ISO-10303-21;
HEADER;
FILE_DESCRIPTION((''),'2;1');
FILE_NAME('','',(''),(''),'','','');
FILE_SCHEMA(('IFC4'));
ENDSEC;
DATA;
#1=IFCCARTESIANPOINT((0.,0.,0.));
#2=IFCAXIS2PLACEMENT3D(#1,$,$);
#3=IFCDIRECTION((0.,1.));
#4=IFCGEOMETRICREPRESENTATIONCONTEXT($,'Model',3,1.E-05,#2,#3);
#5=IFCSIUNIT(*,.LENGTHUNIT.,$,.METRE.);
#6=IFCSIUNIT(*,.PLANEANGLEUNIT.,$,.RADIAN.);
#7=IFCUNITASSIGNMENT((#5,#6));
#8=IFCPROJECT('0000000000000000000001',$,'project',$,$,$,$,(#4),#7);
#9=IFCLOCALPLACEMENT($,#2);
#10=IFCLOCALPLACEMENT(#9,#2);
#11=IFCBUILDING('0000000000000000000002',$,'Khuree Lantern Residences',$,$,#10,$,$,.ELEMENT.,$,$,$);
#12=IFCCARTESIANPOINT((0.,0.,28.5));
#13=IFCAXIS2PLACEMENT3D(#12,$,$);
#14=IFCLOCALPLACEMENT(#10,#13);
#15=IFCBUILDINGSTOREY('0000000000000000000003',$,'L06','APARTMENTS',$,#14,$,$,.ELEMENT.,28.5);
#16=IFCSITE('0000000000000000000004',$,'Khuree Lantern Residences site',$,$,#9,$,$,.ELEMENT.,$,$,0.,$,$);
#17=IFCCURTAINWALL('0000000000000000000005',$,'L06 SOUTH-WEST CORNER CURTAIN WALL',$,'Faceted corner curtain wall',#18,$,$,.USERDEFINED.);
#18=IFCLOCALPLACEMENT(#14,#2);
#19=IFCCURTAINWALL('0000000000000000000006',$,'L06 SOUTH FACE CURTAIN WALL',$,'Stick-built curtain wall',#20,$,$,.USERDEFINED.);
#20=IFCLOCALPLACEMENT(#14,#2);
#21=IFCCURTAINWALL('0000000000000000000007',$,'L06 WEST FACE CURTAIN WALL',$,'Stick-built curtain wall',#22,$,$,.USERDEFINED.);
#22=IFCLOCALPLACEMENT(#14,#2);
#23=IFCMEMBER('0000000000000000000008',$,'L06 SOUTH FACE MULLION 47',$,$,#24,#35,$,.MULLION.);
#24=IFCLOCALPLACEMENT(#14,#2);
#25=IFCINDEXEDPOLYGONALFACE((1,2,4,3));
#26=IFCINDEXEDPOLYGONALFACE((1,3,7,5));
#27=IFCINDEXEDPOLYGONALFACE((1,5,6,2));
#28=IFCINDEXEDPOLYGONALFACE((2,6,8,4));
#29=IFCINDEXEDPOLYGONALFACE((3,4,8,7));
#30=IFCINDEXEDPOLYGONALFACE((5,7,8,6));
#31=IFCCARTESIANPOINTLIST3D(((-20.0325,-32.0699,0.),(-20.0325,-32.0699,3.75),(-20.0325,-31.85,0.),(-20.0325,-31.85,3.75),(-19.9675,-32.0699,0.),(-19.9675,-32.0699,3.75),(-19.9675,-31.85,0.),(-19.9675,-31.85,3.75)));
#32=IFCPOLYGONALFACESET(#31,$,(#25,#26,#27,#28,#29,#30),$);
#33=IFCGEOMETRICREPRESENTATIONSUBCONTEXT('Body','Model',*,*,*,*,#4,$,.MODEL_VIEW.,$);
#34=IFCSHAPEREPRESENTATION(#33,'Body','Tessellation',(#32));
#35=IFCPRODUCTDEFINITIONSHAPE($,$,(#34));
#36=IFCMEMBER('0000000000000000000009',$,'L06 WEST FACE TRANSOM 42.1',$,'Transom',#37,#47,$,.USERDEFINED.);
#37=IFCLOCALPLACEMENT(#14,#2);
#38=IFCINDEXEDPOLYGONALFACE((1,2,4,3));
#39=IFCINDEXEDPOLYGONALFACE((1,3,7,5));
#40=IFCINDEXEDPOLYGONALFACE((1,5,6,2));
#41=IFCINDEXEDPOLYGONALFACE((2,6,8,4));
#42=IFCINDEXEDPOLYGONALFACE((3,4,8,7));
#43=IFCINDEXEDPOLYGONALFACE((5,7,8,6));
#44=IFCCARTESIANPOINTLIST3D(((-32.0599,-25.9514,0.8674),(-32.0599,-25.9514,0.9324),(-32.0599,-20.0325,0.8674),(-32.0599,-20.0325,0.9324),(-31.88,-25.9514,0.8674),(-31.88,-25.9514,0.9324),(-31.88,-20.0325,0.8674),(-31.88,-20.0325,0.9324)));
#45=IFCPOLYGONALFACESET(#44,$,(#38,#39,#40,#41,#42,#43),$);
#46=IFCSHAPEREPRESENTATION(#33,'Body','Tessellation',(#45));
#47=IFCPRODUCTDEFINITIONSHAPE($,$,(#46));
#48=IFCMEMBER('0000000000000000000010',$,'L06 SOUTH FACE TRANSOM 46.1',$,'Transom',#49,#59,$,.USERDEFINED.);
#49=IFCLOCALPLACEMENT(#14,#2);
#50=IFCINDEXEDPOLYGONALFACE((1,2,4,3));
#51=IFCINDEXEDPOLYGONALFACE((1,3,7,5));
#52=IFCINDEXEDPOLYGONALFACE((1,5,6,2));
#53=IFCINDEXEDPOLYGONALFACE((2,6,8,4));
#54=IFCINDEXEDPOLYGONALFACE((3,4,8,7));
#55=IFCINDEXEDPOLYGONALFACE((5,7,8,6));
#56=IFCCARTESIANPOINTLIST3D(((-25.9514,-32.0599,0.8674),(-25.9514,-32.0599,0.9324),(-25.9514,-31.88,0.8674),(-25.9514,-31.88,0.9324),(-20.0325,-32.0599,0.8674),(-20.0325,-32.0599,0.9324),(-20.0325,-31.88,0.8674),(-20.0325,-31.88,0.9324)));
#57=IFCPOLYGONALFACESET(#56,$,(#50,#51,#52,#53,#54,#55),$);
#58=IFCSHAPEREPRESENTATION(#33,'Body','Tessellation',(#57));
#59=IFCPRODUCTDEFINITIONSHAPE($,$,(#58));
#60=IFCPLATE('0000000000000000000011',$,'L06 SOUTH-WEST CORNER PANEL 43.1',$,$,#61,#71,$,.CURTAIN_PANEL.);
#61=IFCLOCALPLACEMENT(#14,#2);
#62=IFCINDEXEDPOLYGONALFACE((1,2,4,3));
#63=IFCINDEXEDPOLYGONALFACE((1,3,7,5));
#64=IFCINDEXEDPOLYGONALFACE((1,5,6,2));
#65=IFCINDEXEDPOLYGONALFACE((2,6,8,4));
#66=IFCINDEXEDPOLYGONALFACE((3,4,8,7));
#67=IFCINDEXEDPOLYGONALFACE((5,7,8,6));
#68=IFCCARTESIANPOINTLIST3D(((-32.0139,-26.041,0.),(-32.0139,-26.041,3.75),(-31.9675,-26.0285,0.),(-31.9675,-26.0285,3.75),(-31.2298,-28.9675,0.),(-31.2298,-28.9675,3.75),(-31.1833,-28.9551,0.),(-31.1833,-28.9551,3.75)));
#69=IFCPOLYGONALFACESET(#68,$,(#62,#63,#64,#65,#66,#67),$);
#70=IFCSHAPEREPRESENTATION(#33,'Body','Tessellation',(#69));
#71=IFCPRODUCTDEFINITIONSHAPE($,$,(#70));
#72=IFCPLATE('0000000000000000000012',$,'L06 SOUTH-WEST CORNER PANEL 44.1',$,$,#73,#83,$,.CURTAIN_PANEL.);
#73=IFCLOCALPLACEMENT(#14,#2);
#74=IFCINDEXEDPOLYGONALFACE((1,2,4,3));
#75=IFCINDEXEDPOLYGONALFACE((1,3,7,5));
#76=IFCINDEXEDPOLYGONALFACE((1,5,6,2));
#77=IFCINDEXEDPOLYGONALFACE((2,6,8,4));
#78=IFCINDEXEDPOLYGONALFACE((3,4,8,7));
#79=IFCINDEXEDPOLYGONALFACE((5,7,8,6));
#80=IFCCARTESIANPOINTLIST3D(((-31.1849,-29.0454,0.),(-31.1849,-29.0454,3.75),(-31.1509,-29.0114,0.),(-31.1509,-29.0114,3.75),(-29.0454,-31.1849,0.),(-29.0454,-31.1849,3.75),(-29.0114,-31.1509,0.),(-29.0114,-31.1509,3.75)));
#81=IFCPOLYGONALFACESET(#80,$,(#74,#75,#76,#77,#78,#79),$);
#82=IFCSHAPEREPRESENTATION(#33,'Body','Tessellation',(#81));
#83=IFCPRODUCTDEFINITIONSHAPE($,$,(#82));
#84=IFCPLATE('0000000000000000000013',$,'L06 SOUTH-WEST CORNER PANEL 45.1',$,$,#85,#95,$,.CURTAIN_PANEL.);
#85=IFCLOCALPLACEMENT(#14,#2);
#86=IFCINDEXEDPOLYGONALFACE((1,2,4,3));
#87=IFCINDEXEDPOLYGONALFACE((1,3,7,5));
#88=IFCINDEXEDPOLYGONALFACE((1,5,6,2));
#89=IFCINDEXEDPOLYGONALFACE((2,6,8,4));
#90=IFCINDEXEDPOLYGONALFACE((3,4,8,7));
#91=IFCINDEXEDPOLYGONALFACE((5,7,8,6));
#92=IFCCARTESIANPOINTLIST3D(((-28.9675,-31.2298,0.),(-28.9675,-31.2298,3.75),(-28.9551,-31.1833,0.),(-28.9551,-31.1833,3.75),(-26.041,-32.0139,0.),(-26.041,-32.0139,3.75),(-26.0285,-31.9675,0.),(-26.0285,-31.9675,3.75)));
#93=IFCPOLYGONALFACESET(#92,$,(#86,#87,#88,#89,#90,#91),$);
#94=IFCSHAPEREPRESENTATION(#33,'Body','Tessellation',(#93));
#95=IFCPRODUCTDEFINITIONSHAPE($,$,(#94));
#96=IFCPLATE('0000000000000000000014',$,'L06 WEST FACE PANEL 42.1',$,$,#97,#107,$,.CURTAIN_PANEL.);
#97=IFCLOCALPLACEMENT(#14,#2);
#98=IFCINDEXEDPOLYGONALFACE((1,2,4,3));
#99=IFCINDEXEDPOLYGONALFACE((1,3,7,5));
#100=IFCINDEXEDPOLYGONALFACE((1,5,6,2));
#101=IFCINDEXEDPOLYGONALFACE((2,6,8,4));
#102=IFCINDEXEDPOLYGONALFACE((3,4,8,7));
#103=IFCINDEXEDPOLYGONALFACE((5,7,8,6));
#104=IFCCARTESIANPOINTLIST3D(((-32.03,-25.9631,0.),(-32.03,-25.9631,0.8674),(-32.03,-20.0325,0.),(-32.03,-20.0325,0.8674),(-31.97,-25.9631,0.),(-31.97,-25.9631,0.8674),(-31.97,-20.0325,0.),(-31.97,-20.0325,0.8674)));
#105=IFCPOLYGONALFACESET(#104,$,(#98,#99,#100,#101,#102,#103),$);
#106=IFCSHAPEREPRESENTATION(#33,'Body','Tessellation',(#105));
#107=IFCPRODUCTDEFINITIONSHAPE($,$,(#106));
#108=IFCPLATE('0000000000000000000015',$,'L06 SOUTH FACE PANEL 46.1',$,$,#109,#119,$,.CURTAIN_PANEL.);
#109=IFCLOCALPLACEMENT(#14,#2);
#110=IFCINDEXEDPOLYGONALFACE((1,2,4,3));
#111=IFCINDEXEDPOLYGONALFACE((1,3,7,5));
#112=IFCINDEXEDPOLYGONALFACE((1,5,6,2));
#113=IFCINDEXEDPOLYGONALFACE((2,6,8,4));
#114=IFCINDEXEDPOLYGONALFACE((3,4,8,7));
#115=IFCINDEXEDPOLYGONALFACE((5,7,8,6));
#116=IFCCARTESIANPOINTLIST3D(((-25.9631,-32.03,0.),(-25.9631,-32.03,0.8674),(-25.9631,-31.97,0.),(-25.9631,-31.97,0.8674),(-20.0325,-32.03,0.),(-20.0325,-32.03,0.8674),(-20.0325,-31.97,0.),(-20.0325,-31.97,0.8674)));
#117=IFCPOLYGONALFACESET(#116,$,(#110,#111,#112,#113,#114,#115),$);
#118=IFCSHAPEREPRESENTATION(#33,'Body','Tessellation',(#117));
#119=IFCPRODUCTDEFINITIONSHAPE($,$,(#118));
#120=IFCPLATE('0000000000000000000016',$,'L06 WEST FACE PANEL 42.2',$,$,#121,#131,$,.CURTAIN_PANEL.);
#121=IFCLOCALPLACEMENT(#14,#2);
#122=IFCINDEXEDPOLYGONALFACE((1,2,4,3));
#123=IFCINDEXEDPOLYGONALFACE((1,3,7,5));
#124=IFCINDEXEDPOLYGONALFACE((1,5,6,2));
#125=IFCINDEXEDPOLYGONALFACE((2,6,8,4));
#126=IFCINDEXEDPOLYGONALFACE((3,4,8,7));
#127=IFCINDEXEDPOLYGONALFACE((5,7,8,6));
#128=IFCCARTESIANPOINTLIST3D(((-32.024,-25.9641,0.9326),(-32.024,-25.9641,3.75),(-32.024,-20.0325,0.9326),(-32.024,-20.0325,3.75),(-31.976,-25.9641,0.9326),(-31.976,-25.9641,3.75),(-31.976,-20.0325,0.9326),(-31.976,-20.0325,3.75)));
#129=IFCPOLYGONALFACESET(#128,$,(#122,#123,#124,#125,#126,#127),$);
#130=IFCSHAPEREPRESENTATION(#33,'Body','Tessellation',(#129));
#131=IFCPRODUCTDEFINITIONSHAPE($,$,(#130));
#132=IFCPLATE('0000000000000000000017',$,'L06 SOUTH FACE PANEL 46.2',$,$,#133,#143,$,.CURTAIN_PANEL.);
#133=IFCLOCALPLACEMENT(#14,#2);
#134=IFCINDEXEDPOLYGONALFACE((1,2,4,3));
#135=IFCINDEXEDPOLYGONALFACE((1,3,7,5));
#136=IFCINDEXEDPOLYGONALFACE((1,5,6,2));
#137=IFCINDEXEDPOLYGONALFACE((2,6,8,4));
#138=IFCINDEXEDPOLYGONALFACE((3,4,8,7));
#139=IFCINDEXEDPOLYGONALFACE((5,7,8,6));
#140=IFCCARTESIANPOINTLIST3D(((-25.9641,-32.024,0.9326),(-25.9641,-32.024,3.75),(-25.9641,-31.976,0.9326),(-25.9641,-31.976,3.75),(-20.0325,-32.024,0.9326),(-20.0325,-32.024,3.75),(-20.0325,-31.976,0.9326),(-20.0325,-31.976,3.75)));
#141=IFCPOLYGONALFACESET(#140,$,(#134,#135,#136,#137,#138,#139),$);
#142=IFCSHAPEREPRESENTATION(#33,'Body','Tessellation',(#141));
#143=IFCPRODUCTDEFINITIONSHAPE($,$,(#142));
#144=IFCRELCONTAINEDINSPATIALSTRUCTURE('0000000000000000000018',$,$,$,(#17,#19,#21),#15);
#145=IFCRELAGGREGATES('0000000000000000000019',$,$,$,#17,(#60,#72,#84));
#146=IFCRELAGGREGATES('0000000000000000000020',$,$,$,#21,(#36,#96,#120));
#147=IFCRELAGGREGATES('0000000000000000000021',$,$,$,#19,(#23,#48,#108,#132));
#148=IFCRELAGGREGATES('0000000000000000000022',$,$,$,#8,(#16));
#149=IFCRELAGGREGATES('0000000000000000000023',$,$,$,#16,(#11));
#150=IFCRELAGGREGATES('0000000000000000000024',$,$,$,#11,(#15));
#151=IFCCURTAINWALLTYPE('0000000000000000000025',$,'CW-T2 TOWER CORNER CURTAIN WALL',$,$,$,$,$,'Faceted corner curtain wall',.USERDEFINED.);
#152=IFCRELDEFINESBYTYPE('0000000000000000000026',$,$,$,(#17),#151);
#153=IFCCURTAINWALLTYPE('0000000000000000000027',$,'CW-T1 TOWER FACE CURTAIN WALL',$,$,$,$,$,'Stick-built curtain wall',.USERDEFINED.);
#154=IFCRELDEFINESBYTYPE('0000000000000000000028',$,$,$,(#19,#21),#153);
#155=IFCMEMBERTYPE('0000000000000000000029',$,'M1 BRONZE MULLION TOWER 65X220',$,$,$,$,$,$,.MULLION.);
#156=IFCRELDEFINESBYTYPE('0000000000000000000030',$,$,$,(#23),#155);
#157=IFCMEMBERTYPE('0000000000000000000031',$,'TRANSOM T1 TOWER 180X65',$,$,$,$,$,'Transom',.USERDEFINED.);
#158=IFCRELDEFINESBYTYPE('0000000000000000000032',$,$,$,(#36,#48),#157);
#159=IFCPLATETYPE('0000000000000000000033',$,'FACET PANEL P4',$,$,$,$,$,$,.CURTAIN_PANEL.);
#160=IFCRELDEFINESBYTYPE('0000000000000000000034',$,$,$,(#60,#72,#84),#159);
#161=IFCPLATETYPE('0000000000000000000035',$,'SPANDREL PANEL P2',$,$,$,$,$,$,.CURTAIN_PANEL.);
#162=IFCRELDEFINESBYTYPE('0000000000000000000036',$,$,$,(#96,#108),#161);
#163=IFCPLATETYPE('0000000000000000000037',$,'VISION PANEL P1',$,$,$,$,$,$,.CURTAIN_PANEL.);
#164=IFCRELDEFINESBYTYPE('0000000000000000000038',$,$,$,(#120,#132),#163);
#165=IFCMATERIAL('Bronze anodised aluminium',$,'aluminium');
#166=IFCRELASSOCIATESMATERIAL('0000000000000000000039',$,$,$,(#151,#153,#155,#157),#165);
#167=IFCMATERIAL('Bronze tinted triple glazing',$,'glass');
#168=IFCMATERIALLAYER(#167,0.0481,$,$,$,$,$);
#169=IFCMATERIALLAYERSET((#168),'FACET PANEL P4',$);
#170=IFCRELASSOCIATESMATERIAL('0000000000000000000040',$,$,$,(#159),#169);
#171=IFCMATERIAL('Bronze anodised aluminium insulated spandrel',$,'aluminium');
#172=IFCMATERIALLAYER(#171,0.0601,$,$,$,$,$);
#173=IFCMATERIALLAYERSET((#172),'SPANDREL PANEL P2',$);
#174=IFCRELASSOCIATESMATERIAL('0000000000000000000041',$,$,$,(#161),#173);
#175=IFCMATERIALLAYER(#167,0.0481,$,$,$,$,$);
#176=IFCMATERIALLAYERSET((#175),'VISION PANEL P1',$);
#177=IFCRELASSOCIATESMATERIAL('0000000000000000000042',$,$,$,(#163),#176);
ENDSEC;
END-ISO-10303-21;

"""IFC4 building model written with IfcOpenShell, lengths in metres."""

from ifc_helpers import new_model, si_unit, direction, frame, origin, origin_2d, place, context, subcontext, project, spatial, rectangle, extrude, material, layer, layer_set, material_profile, profile_set, type_object, element, aggregate, save


model = new_model("IFC4")

# Units and contexts
model_context = context("Model", 3, precision=1e-05, world=origin(), true_north=direction((0.0, 1.0)))
body_context = subcontext(model_context, "Body", "Model", "MODEL_VIEW")
ifc_project = project(units=[si_unit("LENGTHUNIT", "METRE"), si_unit("PLANEANGLEUNIT", "RADIAN")], contexts=[model_context])

# Site, building, storey
site_placement = place(None, origin())
site = spatial("IfcSite", under=ifc_project, at=site_placement, Name="Khuree Lantern Residences site", CompositionType="ELEMENT", RefElevation=0.0)
building_placement = place(site_placement, origin())
building = spatial("IfcBuilding", under=site, at=building_placement, Name="Khuree Lantern Residences", CompositionType="ELEMENT")
storey_placement = place(building_placement, frame((0.0, 0.0, 28.5)))
storey = spatial("IfcBuildingStorey", under=building, at=storey_placement, Name="L06", Description="APARTMENTS", CompositionType="ELEMENT", Elevation=28.5)

# Curtain walls
ifc_material_1 = material(Name="Bronze anodised aluminium", Category="aluminium")
curtain_wall_type_1 = type_object("IfcCurtainWallType", Name="CW-T2 TOWER CORNER CURTAIN WALL", ElementType="Faceted corner curtain wall", PredefinedType="USERDEFINED", material=ifc_material_1)
curtain_wall_1_placement = place(storey_placement, origin())
curtain_wall_1 = element("IfcCurtainWall", 1, at=curtain_wall_1_placement, inside=storey, type_object=curtain_wall_type_1, Name="L06 SOUTH-WEST CORNER CURTAIN WALL", ObjectType="Faceted corner curtain wall", PredefinedType="USERDEFINED")
curtain_wall_type_2 = type_object("IfcCurtainWallType", Name="CW-T1 TOWER FACE CURTAIN WALL", ElementType="Stick-built curtain wall", PredefinedType="USERDEFINED", material=ifc_material_1)
curtain_wall_2_placement = place(storey_placement, origin())
curtain_wall_2 = element("IfcCurtainWall", 2, at=curtain_wall_2_placement, inside=storey, type_object=curtain_wall_type_2, Name="L06 SOUTH FACE CURTAIN WALL", ObjectType="Stick-built curtain wall", PredefinedType="USERDEFINED")

# Curtain wall
curtain_wall_3_placement = place(storey_placement, origin())
curtain_wall_3 = element("IfcCurtainWall", 3, at=curtain_wall_3_placement, inside=storey, type_object=curtain_wall_type_2, Name="L06 WEST FACE CURTAIN WALL", ObjectType="Stick-built curtain wall", PredefinedType="USERDEFINED")
ifc_material_profile_1 = material_profile(ifc_material_1, rectangle(XDim=0.0649, YDim=0.22, at=origin_2d()), Name="M1 65X220")
ifc_profile_set_1 = profile_set([ifc_material_profile_1], Name="Bronze anodised aluminium")
member_type_1 = type_object("IfcMemberType", Name="M1 BRONZE MULLION TOWER 65X220", PredefinedType="MULLION", material=ifc_profile_set_1)

# Members
member_1_placement = place(storey_placement, frame((-20.0, -31.96, 0.0), z_axis=(0.0, 0.0, 1.0), x_axis=(1.0, 0.0, 0.0)))
member_1 = element("IfcMember", 4, at=member_1_placement, type_object=member_type_1, Name="L06 SOUTH FACE MULLION 47", PredefinedType="MULLION", context=body_context, shape_type="SweptSolid", body=[
    extrude(rectangle(XDim=0.0649, YDim=0.22, at=origin_2d()), origin(), (0.0, 0.0, 1.0), 3.75),
])
ifc_material_profile_2 = material_profile(ifc_material_1, rectangle(XDim=0.1799, YDim=0.0649, at=origin_2d()), Name="T1 180X65")
ifc_profile_set_2 = profile_set([ifc_material_profile_2], Name="Bronze anodised aluminium")
member_type_2 = type_object("IfcMemberType", Name="TRANSOM T1 TOWER 180X65", ElementType="Transom", PredefinedType="USERDEFINED", material=ifc_profile_set_2)
member_2_placement = place(storey_placement, frame((-31.97, -20.0325, 0.8999), z_axis=(0.0, -1.0, 0.0), x_axis=(1.0, 0.0, 0.0)))
member_2 = element("IfcMember", 5, at=member_2_placement, type_object=member_type_2, Name="L06 WEST FACE TRANSOM 42.1", ObjectType="Transom", PredefinedType="USERDEFINED", context=body_context, shape_type="SweptSolid", body=[
    extrude(rectangle(XDim=0.1799, YDim=0.0649, at=origin_2d()), origin(), (0.0, 0.0, 1.0), 5.9189),
])
member_3_placement = place(storey_placement, frame((-25.9514, -31.97, 0.8999), z_axis=(1.0, 0.0, 0.0), x_axis=(0.0, 1.0, 0.0)))
member_3 = element("IfcMember", 6, at=member_3_placement, type_object=member_type_2, Name="L06 SOUTH FACE TRANSOM 46.1", ObjectType="Transom", PredefinedType="USERDEFINED", context=body_context, shape_type="SweptSolid", body=[
    extrude(rectangle(XDim=0.1799, YDim=0.0649, at=origin_2d()), origin(), (0.0, 0.0, 1.0), 5.9189),
])

# Plates
ifc_material_2 = material(Name="Bronze tinted triple glazing", Category="glass")
ifc_layer_1 = layer(ifc_material_2, 0.0481)
ifc_layer_set_1 = layer_set([ifc_layer_1], Name="FACET PANEL P4")
plate_type_1 = type_object("IfcPlateType", Name="FACET PANEL P4", PredefinedType="CURTAIN_PANEL", material=ifc_layer_set_1)
plate_1_placement = place(storey_placement, frame((-31.5986, -27.498, 0.0), z_axis=(0.0, 0.0, 1.0), x_axis=(0.258819, -0.965926, 0.0)))
plate_1 = element("IfcPlate", 7, at=plate_1_placement, type_object=plate_type_1, Name="L06 SOUTH-WEST CORNER PANEL 43.1", PredefinedType="CURTAIN_PANEL", context=body_context, shape_type="SweptSolid", body=[
    extrude(rectangle(XDim=3.0298, YDim=0.0481, at=origin_2d()), origin(), (0.0, 0.0, 1.0), 3.75),
])
plate_2_placement = place(storey_placement, frame((-30.0981, -30.0981, 0.0), z_axis=(0.0, 0.0, 1.0), x_axis=(0.707107, -0.707107, 0.0)))
plate_2 = element("IfcPlate", 8, at=plate_2_placement, type_object=plate_type_1, Name="L06 SOUTH-WEST CORNER PANEL 44.1", PredefinedType="CURTAIN_PANEL", context=body_context, shape_type="SweptSolid", body=[
    extrude(rectangle(XDim=3.0256, YDim=0.0481, at=origin_2d()), origin(), (0.0, 0.0, 1.0), 3.75),
])
plate_3_placement = place(storey_placement, frame((-27.498, -31.5986, 0.0), z_axis=(0.0, 0.0, 1.0), x_axis=(0.965926, -0.258819, 0.0)))
plate_3 = element("IfcPlate", 9, at=plate_3_placement, type_object=plate_type_1, Name="L06 SOUTH-WEST CORNER PANEL 45.1", PredefinedType="CURTAIN_PANEL", context=body_context, shape_type="SweptSolid", body=[
    extrude(rectangle(XDim=3.0298, YDim=0.0481, at=origin_2d()), origin(), (0.0, 0.0, 1.0), 3.75),
])
aggregate(curtain_wall_1, [plate_1, plate_2, plate_3])
ifc_material_3 = material(Name="Bronze anodised aluminium insulated spandrel", Category="aluminium")
ifc_layer_2 = layer(ifc_material_3, 0.0601)
ifc_layer_set_2 = layer_set([ifc_layer_2], Name="SPANDREL PANEL P2")
plate_type_2 = type_object("IfcPlateType", Name="SPANDREL PANEL P2", PredefinedType="CURTAIN_PANEL", material=ifc_layer_set_2)
plate_4_placement = place(storey_placement, frame((-32.0, -22.9978, 0.0), z_axis=(0.0, 0.0, 1.0), x_axis=(0.0, -1.0, 0.0)))
plate_4 = element("IfcPlate", 10, at=plate_4_placement, type_object=plate_type_2, Name="L06 WEST FACE PANEL 42.1", PredefinedType="CURTAIN_PANEL", context=body_context, shape_type="SweptSolid", body=[
    extrude(rectangle(XDim=5.9307, YDim=0.0601, at=origin_2d()), origin(), (0.0, 0.0, 1.0), 0.8674),
])
plate_5_placement = place(storey_placement, frame((-22.9978, -32.0, 0.0), z_axis=(0.0, 0.0, 1.0), x_axis=(1.0, 0.0, 0.0)))
plate_5 = element("IfcPlate", 11, at=plate_5_placement, type_object=plate_type_2, Name="L06 SOUTH FACE PANEL 46.1", PredefinedType="CURTAIN_PANEL", context=body_context, shape_type="SweptSolid", body=[
    extrude(rectangle(XDim=5.9307, YDim=0.0601, at=origin_2d()), origin(), (0.0, 0.0, 1.0), 0.8674),
])
ifc_layer_3 = layer(ifc_material_2, 0.0481)
ifc_layer_set_3 = layer_set([ifc_layer_3], Name="VISION PANEL P1")
plate_type_3 = type_object("IfcPlateType", Name="VISION PANEL P1", PredefinedType="CURTAIN_PANEL", material=ifc_layer_set_3)
plate_6_placement = place(storey_placement, frame((-32.0, -22.9983, 0.9326), z_axis=(0.0, 0.0, 1.0), x_axis=(0.0, -1.0, 0.0)))
plate_6 = element("IfcPlate", 12, at=plate_6_placement, type_object=plate_type_3, Name="L06 WEST FACE PANEL 42.2", PredefinedType="CURTAIN_PANEL", context=body_context, shape_type="SweptSolid", body=[
    extrude(rectangle(XDim=5.9316, YDim=0.0481, at=origin_2d()), origin(), (0.0, 0.0, 1.0), 2.8174),
])
aggregate(curtain_wall_3, [member_2, plate_4, plate_6])
plate_7_placement = place(storey_placement, frame((-22.9983, -32.0, 0.9326), z_axis=(0.0, 0.0, 1.0), x_axis=(1.0, 0.0, 0.0)))
plate_7 = element("IfcPlate", 13, at=plate_7_placement, type_object=plate_type_3, Name="L06 SOUTH FACE PANEL 46.2", PredefinedType="CURTAIN_PANEL", context=body_context, shape_type="SweptSolid", body=[
    extrude(rectangle(XDim=5.9316, YDim=0.0481, at=origin_2d()), origin(), (0.0, 0.0, 1.0), 2.8174),
])
aggregate(curtain_wall_2, [member_1, member_3, plate_5, plate_7])

save(model, "model.ifc")
